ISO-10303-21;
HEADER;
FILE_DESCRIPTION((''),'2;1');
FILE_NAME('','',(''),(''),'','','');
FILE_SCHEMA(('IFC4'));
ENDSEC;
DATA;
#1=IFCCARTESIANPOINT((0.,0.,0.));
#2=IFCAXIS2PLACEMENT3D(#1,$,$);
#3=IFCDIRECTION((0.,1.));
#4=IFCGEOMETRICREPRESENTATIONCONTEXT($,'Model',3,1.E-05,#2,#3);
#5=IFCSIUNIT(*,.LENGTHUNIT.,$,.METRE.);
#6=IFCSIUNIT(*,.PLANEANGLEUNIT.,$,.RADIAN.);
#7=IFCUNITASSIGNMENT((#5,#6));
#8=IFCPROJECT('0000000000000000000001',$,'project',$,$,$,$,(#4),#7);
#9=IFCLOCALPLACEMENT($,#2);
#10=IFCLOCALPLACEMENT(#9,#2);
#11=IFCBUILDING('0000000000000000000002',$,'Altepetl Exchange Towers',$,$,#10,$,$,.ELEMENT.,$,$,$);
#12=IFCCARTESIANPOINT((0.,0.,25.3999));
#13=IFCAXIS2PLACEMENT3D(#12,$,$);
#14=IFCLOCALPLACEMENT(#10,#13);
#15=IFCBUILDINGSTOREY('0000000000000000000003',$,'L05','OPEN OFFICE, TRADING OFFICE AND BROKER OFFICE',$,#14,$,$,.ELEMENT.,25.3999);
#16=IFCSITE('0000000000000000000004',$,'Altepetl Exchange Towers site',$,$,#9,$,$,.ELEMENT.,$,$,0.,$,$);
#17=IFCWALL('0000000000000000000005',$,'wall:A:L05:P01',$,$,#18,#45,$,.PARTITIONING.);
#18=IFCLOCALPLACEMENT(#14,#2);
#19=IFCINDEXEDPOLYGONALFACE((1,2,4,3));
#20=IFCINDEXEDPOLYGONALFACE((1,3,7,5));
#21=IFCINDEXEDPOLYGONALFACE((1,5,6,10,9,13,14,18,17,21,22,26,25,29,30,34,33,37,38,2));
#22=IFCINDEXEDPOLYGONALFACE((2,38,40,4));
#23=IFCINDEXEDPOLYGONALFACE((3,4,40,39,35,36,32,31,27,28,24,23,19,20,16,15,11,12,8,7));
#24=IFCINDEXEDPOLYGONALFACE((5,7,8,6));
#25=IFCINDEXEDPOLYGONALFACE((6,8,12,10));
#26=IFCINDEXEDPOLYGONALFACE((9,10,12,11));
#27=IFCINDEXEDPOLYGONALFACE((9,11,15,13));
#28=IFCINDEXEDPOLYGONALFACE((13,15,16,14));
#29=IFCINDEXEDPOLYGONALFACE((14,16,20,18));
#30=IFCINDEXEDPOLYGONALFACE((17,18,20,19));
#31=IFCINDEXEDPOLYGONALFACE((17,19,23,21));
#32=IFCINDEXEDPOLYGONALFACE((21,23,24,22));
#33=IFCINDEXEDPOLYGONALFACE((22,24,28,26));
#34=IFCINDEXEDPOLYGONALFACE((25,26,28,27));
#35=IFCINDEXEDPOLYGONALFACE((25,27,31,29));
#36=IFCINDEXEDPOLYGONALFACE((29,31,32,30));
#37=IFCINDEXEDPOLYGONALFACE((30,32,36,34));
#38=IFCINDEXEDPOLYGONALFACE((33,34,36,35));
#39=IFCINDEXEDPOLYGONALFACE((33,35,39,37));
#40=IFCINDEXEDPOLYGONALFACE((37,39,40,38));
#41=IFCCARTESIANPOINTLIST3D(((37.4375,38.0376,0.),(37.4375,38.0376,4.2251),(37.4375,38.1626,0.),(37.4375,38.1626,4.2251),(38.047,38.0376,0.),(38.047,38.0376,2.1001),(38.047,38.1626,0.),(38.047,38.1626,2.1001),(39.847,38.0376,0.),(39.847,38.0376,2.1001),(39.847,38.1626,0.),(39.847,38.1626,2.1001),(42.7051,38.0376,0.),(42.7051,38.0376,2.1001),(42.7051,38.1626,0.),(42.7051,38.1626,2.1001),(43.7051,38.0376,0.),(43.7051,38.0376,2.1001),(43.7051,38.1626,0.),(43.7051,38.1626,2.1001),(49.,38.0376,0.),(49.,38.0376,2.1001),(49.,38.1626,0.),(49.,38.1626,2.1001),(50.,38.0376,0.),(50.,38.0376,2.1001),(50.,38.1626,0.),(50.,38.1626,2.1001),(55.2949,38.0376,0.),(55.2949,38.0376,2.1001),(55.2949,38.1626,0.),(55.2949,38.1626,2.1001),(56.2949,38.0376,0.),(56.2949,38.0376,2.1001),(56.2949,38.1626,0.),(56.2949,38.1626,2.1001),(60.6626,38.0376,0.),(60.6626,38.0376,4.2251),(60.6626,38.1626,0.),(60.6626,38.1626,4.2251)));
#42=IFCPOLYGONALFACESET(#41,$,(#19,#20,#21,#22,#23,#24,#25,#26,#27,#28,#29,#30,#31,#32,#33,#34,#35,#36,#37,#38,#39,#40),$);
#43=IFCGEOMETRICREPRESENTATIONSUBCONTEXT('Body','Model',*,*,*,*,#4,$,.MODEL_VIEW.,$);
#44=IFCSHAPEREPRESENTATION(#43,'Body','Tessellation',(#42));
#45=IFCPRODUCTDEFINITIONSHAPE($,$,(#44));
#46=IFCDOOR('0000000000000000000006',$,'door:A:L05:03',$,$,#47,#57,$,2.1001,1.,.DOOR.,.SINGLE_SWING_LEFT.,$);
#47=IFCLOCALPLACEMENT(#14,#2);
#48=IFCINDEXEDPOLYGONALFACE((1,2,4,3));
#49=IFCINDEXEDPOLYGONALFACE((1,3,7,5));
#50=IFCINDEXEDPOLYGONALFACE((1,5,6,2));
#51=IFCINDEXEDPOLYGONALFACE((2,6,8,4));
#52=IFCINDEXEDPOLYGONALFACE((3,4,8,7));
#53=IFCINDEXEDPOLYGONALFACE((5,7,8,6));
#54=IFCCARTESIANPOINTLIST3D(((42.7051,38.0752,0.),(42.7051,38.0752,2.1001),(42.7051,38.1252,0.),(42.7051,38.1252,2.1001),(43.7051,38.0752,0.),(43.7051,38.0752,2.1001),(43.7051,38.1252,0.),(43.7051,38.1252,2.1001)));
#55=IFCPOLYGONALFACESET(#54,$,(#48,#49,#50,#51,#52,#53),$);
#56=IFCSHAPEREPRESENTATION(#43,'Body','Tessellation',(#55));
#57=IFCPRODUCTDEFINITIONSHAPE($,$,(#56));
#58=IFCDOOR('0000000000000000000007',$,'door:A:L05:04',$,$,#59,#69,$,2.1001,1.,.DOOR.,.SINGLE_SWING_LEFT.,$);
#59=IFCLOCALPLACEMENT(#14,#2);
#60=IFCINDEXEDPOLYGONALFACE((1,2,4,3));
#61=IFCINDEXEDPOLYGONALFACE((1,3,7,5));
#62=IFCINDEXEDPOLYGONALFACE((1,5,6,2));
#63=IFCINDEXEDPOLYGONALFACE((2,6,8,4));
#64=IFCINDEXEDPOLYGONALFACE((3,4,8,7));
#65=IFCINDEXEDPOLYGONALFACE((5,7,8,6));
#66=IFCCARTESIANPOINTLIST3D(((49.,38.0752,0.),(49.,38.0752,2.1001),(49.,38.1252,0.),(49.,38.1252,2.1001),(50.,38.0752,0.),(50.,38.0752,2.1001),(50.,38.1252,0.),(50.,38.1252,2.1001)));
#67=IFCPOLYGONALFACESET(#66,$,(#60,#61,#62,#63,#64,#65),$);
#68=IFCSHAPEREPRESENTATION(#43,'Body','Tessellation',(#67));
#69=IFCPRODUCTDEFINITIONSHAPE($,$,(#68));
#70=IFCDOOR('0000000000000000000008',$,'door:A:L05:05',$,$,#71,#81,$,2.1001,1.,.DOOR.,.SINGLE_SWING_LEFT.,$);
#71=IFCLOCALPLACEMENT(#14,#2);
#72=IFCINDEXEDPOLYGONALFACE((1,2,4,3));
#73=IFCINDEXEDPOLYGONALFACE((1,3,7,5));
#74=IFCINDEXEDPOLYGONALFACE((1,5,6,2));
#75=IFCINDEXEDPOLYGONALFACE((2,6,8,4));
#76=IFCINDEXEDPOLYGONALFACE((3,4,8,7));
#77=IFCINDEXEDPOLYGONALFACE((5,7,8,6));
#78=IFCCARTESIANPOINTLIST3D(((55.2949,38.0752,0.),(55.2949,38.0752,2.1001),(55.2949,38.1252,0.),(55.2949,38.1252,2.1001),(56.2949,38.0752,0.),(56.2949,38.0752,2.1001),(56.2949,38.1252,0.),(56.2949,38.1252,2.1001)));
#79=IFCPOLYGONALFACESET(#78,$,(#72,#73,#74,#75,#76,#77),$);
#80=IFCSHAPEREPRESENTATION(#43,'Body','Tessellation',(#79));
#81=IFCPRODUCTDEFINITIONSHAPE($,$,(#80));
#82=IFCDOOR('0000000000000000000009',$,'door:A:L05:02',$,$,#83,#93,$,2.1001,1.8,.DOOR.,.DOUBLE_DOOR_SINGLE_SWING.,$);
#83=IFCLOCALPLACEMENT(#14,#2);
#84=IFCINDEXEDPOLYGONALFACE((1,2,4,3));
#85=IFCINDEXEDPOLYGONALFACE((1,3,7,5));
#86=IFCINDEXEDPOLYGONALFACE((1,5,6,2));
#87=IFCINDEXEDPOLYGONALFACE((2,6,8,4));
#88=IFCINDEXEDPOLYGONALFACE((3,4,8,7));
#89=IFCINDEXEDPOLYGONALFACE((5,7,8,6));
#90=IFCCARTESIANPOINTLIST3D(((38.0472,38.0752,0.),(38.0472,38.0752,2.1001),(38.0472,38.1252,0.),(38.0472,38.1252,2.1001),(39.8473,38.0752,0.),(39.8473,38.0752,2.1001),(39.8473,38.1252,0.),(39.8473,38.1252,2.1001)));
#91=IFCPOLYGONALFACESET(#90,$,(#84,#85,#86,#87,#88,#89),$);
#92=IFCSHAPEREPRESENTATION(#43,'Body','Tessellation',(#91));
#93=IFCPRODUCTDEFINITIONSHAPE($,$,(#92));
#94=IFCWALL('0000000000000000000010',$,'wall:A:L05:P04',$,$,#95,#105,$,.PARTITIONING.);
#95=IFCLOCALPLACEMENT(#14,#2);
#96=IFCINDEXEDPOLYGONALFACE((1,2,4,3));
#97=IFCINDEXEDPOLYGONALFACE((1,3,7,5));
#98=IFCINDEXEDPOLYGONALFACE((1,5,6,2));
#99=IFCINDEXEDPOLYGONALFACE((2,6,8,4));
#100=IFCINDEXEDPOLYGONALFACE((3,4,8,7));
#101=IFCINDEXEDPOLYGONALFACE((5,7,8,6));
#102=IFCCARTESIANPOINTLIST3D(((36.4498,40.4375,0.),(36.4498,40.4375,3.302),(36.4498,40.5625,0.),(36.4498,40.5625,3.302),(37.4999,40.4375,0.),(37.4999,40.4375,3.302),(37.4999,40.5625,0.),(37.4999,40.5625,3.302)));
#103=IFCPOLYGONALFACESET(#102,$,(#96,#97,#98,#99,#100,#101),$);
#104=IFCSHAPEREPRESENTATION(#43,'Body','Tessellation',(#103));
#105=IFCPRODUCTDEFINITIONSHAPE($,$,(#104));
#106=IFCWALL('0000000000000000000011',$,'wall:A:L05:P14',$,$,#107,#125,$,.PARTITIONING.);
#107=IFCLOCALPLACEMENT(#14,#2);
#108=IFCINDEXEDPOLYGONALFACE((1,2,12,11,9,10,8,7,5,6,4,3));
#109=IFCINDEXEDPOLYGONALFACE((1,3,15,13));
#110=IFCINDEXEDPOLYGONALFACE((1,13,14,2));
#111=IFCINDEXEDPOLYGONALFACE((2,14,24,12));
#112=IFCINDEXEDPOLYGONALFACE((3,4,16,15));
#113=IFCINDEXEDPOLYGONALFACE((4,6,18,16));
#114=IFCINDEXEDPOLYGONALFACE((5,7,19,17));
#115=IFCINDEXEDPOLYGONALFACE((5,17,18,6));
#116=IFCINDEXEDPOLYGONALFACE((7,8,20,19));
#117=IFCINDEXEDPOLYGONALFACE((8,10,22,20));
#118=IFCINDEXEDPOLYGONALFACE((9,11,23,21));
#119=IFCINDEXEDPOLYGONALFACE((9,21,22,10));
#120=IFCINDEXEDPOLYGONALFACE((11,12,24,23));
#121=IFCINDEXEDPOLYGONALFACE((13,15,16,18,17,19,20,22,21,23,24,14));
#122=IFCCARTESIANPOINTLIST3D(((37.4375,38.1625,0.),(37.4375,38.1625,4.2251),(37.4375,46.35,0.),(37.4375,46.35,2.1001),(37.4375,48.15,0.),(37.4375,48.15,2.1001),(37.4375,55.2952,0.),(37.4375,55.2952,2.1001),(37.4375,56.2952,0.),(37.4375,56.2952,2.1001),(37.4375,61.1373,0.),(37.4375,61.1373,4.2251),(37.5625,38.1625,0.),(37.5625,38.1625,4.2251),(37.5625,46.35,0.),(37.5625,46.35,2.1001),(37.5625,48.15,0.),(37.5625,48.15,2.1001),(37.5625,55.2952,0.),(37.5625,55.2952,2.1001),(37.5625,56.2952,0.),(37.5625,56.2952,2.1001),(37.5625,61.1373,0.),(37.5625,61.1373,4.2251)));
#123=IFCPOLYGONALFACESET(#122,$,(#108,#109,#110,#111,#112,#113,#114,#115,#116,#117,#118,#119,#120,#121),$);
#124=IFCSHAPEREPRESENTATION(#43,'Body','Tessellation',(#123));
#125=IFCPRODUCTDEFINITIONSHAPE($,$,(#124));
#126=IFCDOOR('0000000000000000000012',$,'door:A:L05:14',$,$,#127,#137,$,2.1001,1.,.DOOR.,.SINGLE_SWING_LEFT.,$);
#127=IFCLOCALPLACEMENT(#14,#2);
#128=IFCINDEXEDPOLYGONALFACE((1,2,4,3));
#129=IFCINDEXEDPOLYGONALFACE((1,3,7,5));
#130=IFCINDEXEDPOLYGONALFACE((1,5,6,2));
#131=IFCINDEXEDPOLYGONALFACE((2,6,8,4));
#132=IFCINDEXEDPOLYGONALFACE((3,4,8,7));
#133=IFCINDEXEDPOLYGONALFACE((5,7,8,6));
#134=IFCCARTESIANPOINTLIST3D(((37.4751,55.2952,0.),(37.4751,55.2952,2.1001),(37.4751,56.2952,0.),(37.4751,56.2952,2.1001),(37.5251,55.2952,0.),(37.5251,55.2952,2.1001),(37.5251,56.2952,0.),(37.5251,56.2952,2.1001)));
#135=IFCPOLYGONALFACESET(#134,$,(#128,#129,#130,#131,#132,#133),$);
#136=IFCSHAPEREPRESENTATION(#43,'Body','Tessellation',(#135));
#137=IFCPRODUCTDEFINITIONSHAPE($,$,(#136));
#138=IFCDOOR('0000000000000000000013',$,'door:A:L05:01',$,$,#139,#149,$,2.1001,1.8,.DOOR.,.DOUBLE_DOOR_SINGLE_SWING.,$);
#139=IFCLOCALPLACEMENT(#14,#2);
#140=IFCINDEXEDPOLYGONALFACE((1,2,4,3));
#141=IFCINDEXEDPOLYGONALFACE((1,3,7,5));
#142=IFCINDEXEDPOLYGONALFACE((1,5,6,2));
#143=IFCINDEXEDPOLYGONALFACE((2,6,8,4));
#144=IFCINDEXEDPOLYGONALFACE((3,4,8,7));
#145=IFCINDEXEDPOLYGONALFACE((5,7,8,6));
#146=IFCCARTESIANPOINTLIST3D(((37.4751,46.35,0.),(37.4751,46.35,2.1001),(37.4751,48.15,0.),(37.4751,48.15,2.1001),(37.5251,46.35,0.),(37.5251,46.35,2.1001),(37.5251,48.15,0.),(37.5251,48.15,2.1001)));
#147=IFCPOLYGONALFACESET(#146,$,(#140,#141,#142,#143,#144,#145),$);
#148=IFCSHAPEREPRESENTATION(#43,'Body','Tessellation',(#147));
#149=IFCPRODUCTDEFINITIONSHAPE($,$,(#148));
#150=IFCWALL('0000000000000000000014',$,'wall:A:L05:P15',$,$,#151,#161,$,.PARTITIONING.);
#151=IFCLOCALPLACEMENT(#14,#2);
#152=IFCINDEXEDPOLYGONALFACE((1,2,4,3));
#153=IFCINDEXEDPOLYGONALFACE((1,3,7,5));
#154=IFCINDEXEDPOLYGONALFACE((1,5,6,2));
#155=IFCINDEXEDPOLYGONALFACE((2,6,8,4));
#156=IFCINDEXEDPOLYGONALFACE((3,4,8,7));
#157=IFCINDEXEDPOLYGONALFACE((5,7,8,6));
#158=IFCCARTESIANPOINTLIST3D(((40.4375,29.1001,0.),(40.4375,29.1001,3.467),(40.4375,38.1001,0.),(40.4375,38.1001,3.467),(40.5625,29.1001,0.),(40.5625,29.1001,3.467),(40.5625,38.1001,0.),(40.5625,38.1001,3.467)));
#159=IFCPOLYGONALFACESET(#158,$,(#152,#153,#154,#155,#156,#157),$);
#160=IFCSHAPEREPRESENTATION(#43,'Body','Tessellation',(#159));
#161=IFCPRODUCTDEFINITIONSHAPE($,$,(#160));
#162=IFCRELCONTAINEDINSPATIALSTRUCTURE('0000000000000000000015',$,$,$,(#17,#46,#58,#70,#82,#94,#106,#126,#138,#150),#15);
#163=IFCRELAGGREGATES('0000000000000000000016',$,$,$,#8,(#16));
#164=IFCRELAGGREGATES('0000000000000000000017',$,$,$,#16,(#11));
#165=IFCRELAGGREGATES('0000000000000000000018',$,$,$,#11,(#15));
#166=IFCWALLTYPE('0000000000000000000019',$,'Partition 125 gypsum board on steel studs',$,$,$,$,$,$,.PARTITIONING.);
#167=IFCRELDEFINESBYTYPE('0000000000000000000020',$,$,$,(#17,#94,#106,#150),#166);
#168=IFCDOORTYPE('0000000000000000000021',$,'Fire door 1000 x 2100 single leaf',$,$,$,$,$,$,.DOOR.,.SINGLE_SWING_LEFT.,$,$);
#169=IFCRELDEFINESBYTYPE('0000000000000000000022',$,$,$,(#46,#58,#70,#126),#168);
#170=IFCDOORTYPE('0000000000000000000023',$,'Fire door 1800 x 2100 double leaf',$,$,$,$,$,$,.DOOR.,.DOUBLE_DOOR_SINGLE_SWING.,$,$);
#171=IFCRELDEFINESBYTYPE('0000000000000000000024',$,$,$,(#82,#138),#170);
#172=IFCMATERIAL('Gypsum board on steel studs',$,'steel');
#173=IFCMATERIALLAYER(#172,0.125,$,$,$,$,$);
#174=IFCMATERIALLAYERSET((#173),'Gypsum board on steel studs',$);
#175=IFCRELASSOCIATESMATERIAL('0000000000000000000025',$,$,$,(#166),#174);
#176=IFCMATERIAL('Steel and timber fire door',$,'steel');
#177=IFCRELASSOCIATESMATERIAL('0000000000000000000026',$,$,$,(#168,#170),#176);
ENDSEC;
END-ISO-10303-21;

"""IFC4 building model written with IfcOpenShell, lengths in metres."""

from ifc_helpers import new_model, si_unit, direction, frame, frame_2d, origin, place, context, subcontext, project, spatial, rectangle, extrude, material, layer, layer_set, type_object, element, fill, save


model = new_model("IFC4")

# Units and contexts
model_context = context("Model", 3, precision=1e-05, world=origin(), true_north=direction((0.0, 1.0)))
body_context = subcontext(model_context, "Body", "Model", "MODEL_VIEW")
ifc_project = project(units=[si_unit("LENGTHUNIT", "METRE"), si_unit("PLANEANGLEUNIT", "RADIAN")], contexts=[model_context])

# Site, building, storey
site_placement = place(None, origin())
site = spatial("IfcSite", under=ifc_project, at=site_placement, Name="Altepetl Exchange Towers site", CompositionType="ELEMENT", RefElevation=0.0)
building_placement = place(site_placement, origin())
building = spatial("IfcBuilding", under=site, at=building_placement, Name="Altepetl Exchange Towers", CompositionType="ELEMENT")
storey_placement = place(building_placement, frame((0.0, 0.0, 25.3999)))
storey = spatial("IfcBuildingStorey", under=building, at=storey_placement, Name="L05", Description="OPEN OFFICE, TRADING OFFICE AND BROKER OFFICE", CompositionType="ELEMENT", Elevation=25.3999)

# Wall, openings, doors
ifc_material_1 = material(Name="Steel and timber fire door", Category="steel")
ifc_material_2 = material(Name="Gypsum board on steel studs", Category="steel")
ifc_layer_1 = layer(ifc_material_2, 0.125)
ifc_layer_set_1 = layer_set([ifc_layer_1], Name="Gypsum board on steel studs")
wall_type_1 = type_object("IfcWallType", Name="Partition 125 gypsum board on steel studs", PredefinedType="PARTITIONING", material=ifc_layer_set_1)
wall_1_placement = place(storey_placement, frame((37.4375, 38.1001, 0.0)))
wall_1 = element("IfcWall", 1, at=wall_1_placement, inside=storey, type_object=wall_type_1, Name="wall:A:L05:P01", PredefinedType="PARTITIONING", context=body_context, shape_type="SweptSolid", body=[
    extrude(rectangle(XDim=23.2251, YDim=0.125, at=frame_2d((11.6125, 0.0))), origin(), (0.0, 0.0, 1.0), 4.2251),
])
opening_1_placement = place(wall_1_placement, frame((0.6096, 0.0, 0.0)))
opening_1 = element("IfcOpeningElement", 2, at=opening_1_placement, cuts=wall_1, PredefinedType="OPENING", context=body_context, shape_type="SweptSolid", body=[
    extrude(rectangle(XDim=1.8, YDim=2.1001, at=frame_2d((0.8999, 1.05))), frame((0.0, 0.0725, 0.0), z_axis=(0.0, -1.0, 0.0), x_axis=(1.0, 0.0, 0.0)), (0.0, 0.0, 1.0), 0.145),
])
opening_2_placement = place(wall_1_placement, frame((5.2676, 0.0, 0.0)))
opening_2 = element("IfcOpeningElement", 3, at=opening_2_placement, cuts=wall_1, PredefinedType="OPENING", context=body_context, shape_type="SweptSolid", body=[
    extrude(rectangle(XDim=1.0, YDim=2.1001, at=frame_2d((0.5, 1.05))), frame((0.0, 0.0725, 0.0), z_axis=(0.0, -1.0, 0.0), x_axis=(1.0, 0.0, 0.0)), (0.0, 0.0, 1.0), 0.145),
])
opening_3_placement = place(wall_1_placement, frame((11.5625, 0.0, 0.0)))
opening_3 = element("IfcOpeningElement", 4, at=opening_3_placement, cuts=wall_1, PredefinedType="OPENING", context=body_context, shape_type="SweptSolid", body=[
    extrude(rectangle(XDim=1.0, YDim=2.1001, at=frame_2d((0.5, 1.05))), frame((0.0, 0.0725, 0.0), z_axis=(0.0, -1.0, 0.0), x_axis=(1.0, 0.0, 0.0)), (0.0, 0.0, 1.0), 0.145),
])
opening_4_placement = place(wall_1_placement, frame((17.8574, 0.0, 0.0)))
opening_4 = element("IfcOpeningElement", 5, at=opening_4_placement, cuts=wall_1, PredefinedType="OPENING", context=body_context, shape_type="SweptSolid", body=[
    extrude(rectangle(XDim=1.0, YDim=2.1001, at=frame_2d((0.5, 1.05))), frame((0.0, 0.0725, 0.0), z_axis=(0.0, -1.0, 0.0), x_axis=(1.0, 0.0, 0.0)), (0.0, 0.0, 1.0), 0.145),
])
door_type_1 = type_object("IfcDoorType", Name="Fire door 1000 x 2100 single leaf", OperationType="SINGLE_SWING_LEFT", PredefinedType="DOOR", material=ifc_material_1)
door_1_placement = place(opening_2_placement, frame((1.0, 0.0, 0.0), x_axis=(-1.0, 0.0, 0.0)))
door_1 = element("IfcDoor", 6, at=door_1_placement, inside=storey, type_object=door_type_1, Name="door:A:L05:03", OperationType="SINGLE_SWING_LEFT", OverallHeight=2.1001, OverallWidth=1.0, PredefinedType="DOOR", context=body_context, shape_type="SweptSolid", body=[
    extrude(rectangle(XDim=1.0, YDim=2.1001, at=frame_2d((0.5, 1.05))), frame((0.0, 0.0249, 0.0), z_axis=(0.0, -1.0, 0.0), x_axis=(1.0, 0.0, 0.0)), (0.0, 0.0, 1.0), 0.05),
])
fill(opening_2, door_1)
door_2_placement = place(opening_3_placement, frame((1.0, 0.0, 0.0), x_axis=(-1.0, 0.0, 0.0)))
door_2 = element("IfcDoor", 7, at=door_2_placement, inside=storey, type_object=door_type_1, Name="door:A:L05:04", OperationType="SINGLE_SWING_LEFT", OverallHeight=2.1001, OverallWidth=1.0, PredefinedType="DOOR", context=body_context, shape_type="SweptSolid", body=[
    extrude(rectangle(XDim=1.0, YDim=2.1001, at=frame_2d((0.5, 1.05))), frame((0.0, 0.0249, 0.0), z_axis=(0.0, -1.0, 0.0), x_axis=(1.0, 0.0, 0.0)), (0.0, 0.0, 1.0), 0.05),
])
fill(opening_3, door_2)
door_3_placement = place(opening_4_placement, frame((1.0, 0.0, 0.0), x_axis=(-1.0, 0.0, 0.0)))
door_3 = element("IfcDoor", 8, at=door_3_placement, inside=storey, type_object=door_type_1, Name="door:A:L05:05", OperationType="SINGLE_SWING_LEFT", OverallHeight=2.1001, OverallWidth=1.0, PredefinedType="DOOR", context=body_context, shape_type="SweptSolid", body=[
    extrude(rectangle(XDim=1.0, YDim=2.1001, at=frame_2d((0.5, 1.05))), frame((0.0, 0.0249, 0.0), z_axis=(0.0, -1.0, 0.0), x_axis=(1.0, 0.0, 0.0)), (0.0, 0.0, 1.0), 0.05),
])
fill(opening_4, door_3)
door_type_2 = type_object("IfcDoorType", Name="Fire door 1800 x 2100 double leaf", OperationType="DOUBLE_DOOR_SINGLE_SWING", PredefinedType="DOOR", material=ifc_material_1)
door_4_placement = place(opening_1_placement, frame((1.8, 0.0, 0.0), x_axis=(-1.0, 0.0, 0.0)))
door_4 = element("IfcDoor", 9, at=door_4_placement, inside=storey, type_object=door_type_2, Name="door:A:L05:02", OperationType="DOUBLE_DOOR_SINGLE_SWING", OverallHeight=2.1001, OverallWidth=1.8, PredefinedType="DOOR", context=body_context, shape_type="SweptSolid", body=[
    extrude(rectangle(XDim=1.8, YDim=2.1001, at=frame_2d((0.8999, 1.05))), frame((0.0, 0.0249, 0.0), z_axis=(0.0, -1.0, 0.0), x_axis=(1.0, 0.0, 0.0)), (0.0, 0.0, 1.0), 0.05),
])
fill(opening_1, door_4)

# Wall
wall_2_placement = place(storey_placement, frame((36.45, 40.5, 0.0)))
element("IfcWall", 10, at=wall_2_placement, inside=storey, type_object=wall_type_1, Name="wall:A:L05:P04", PredefinedType="PARTITIONING", context=body_context, shape_type="SweptSolid", body=[
    extrude(rectangle(XDim=1.05, YDim=0.125, at=frame_2d((0.5249, 0.0))), origin(), (0.0, 0.0, 1.0), 3.302),
])

# Wall, openings, doors
wall_3_placement = place(storey_placement, frame((37.5, 38.1626, 0.0), z_axis=(0.0, 0.0, 1.0), x_axis=(0.0, 1.0, 0.0)))
wall_3 = element("IfcWall", 11, at=wall_3_placement, inside=storey, type_object=wall_type_1, Name="wall:A:L05:P14", PredefinedType="PARTITIONING", context=body_context, shape_type="SweptSolid", body=[
    extrude(rectangle(XDim=22.9749, YDim=0.125, at=frame_2d((11.4873, 0.0))), origin(), (0.0, 0.0, 1.0), 4.2251),
])
opening_5_placement = place(wall_3_placement, frame((8.1875, 0.0, 0.0)))
opening_5 = element("IfcOpeningElement", 12, at=opening_5_placement, cuts=wall_3, PredefinedType="OPENING", context=body_context, shape_type="SweptSolid", body=[
    extrude(rectangle(XDim=1.8, YDim=2.1001, at=frame_2d((0.8999, 1.05))), frame((0.0, 0.0725, 0.0), z_axis=(0.0, -1.0, 0.0), x_axis=(1.0, 0.0, 0.0)), (0.0, 0.0, 1.0), 0.145),
])
opening_6_placement = place(wall_3_placement, frame((17.1326, 0.0, 0.0)))
opening_6 = element("IfcOpeningElement", 13, at=opening_6_placement, cuts=wall_3, PredefinedType="OPENING", context=body_context, shape_type="SweptSolid", body=[
    extrude(rectangle(XDim=1.0, YDim=2.1001, at=frame_2d((0.5, 1.05))), frame((0.0, 0.0725, 0.0), z_axis=(0.0, -1.0, 0.0), x_axis=(1.0, 0.0, 0.0)), (0.0, 0.0, 1.0), 0.145),
])
door_5_placement = place(opening_6_placement, origin())
door_5 = element("IfcDoor", 14, at=door_5_placement, inside=storey, type_object=door_type_1, Name="door:A:L05:14", OperationType="SINGLE_SWING_LEFT", OverallHeight=2.1001, OverallWidth=1.0, PredefinedType="DOOR", context=body_context, shape_type="SweptSolid", body=[
    extrude(rectangle(XDim=1.0, YDim=2.1001, at=frame_2d((0.5, 1.05))), frame((0.0, 0.0249, 0.0), z_axis=(0.0, -1.0, 0.0), x_axis=(1.0, 0.0, 0.0)), (0.0, 0.0, 1.0), 0.05),
])
fill(opening_6, door_5)
door_6_placement = place(opening_5_placement, origin())
door_6 = element("IfcDoor", 15, at=door_6_placement, inside=storey, type_object=door_type_2, Name="door:A:L05:01", OperationType="DOUBLE_DOOR_SINGLE_SWING", OverallHeight=2.1001, OverallWidth=1.8, PredefinedType="DOOR", context=body_context, shape_type="SweptSolid", body=[
    extrude(rectangle(XDim=1.8, YDim=2.1001, at=frame_2d((0.8999, 1.05))), frame((0.0, 0.0249, 0.0), z_axis=(0.0, -1.0, 0.0), x_axis=(1.0, 0.0, 0.0)), (0.0, 0.0, 1.0), 0.05),
])
fill(opening_5, door_6)

# Wall
wall_4_placement = place(storey_placement, frame((40.5, 29.1001, 0.0), z_axis=(0.0, 0.0, 1.0), x_axis=(0.0, 1.0, 0.0)))
element("IfcWall", 16, at=wall_4_placement, inside=storey, type_object=wall_type_1, Name="wall:A:L05:P15", PredefinedType="PARTITIONING", context=body_context, shape_type="SweptSolid", body=[
    extrude(rectangle(XDim=9.0, YDim=0.125, at=frame_2d((4.5, 0.0))), origin(), (0.0, 0.0, 1.0), 3.467),
])

save(model, "model.ifc")
